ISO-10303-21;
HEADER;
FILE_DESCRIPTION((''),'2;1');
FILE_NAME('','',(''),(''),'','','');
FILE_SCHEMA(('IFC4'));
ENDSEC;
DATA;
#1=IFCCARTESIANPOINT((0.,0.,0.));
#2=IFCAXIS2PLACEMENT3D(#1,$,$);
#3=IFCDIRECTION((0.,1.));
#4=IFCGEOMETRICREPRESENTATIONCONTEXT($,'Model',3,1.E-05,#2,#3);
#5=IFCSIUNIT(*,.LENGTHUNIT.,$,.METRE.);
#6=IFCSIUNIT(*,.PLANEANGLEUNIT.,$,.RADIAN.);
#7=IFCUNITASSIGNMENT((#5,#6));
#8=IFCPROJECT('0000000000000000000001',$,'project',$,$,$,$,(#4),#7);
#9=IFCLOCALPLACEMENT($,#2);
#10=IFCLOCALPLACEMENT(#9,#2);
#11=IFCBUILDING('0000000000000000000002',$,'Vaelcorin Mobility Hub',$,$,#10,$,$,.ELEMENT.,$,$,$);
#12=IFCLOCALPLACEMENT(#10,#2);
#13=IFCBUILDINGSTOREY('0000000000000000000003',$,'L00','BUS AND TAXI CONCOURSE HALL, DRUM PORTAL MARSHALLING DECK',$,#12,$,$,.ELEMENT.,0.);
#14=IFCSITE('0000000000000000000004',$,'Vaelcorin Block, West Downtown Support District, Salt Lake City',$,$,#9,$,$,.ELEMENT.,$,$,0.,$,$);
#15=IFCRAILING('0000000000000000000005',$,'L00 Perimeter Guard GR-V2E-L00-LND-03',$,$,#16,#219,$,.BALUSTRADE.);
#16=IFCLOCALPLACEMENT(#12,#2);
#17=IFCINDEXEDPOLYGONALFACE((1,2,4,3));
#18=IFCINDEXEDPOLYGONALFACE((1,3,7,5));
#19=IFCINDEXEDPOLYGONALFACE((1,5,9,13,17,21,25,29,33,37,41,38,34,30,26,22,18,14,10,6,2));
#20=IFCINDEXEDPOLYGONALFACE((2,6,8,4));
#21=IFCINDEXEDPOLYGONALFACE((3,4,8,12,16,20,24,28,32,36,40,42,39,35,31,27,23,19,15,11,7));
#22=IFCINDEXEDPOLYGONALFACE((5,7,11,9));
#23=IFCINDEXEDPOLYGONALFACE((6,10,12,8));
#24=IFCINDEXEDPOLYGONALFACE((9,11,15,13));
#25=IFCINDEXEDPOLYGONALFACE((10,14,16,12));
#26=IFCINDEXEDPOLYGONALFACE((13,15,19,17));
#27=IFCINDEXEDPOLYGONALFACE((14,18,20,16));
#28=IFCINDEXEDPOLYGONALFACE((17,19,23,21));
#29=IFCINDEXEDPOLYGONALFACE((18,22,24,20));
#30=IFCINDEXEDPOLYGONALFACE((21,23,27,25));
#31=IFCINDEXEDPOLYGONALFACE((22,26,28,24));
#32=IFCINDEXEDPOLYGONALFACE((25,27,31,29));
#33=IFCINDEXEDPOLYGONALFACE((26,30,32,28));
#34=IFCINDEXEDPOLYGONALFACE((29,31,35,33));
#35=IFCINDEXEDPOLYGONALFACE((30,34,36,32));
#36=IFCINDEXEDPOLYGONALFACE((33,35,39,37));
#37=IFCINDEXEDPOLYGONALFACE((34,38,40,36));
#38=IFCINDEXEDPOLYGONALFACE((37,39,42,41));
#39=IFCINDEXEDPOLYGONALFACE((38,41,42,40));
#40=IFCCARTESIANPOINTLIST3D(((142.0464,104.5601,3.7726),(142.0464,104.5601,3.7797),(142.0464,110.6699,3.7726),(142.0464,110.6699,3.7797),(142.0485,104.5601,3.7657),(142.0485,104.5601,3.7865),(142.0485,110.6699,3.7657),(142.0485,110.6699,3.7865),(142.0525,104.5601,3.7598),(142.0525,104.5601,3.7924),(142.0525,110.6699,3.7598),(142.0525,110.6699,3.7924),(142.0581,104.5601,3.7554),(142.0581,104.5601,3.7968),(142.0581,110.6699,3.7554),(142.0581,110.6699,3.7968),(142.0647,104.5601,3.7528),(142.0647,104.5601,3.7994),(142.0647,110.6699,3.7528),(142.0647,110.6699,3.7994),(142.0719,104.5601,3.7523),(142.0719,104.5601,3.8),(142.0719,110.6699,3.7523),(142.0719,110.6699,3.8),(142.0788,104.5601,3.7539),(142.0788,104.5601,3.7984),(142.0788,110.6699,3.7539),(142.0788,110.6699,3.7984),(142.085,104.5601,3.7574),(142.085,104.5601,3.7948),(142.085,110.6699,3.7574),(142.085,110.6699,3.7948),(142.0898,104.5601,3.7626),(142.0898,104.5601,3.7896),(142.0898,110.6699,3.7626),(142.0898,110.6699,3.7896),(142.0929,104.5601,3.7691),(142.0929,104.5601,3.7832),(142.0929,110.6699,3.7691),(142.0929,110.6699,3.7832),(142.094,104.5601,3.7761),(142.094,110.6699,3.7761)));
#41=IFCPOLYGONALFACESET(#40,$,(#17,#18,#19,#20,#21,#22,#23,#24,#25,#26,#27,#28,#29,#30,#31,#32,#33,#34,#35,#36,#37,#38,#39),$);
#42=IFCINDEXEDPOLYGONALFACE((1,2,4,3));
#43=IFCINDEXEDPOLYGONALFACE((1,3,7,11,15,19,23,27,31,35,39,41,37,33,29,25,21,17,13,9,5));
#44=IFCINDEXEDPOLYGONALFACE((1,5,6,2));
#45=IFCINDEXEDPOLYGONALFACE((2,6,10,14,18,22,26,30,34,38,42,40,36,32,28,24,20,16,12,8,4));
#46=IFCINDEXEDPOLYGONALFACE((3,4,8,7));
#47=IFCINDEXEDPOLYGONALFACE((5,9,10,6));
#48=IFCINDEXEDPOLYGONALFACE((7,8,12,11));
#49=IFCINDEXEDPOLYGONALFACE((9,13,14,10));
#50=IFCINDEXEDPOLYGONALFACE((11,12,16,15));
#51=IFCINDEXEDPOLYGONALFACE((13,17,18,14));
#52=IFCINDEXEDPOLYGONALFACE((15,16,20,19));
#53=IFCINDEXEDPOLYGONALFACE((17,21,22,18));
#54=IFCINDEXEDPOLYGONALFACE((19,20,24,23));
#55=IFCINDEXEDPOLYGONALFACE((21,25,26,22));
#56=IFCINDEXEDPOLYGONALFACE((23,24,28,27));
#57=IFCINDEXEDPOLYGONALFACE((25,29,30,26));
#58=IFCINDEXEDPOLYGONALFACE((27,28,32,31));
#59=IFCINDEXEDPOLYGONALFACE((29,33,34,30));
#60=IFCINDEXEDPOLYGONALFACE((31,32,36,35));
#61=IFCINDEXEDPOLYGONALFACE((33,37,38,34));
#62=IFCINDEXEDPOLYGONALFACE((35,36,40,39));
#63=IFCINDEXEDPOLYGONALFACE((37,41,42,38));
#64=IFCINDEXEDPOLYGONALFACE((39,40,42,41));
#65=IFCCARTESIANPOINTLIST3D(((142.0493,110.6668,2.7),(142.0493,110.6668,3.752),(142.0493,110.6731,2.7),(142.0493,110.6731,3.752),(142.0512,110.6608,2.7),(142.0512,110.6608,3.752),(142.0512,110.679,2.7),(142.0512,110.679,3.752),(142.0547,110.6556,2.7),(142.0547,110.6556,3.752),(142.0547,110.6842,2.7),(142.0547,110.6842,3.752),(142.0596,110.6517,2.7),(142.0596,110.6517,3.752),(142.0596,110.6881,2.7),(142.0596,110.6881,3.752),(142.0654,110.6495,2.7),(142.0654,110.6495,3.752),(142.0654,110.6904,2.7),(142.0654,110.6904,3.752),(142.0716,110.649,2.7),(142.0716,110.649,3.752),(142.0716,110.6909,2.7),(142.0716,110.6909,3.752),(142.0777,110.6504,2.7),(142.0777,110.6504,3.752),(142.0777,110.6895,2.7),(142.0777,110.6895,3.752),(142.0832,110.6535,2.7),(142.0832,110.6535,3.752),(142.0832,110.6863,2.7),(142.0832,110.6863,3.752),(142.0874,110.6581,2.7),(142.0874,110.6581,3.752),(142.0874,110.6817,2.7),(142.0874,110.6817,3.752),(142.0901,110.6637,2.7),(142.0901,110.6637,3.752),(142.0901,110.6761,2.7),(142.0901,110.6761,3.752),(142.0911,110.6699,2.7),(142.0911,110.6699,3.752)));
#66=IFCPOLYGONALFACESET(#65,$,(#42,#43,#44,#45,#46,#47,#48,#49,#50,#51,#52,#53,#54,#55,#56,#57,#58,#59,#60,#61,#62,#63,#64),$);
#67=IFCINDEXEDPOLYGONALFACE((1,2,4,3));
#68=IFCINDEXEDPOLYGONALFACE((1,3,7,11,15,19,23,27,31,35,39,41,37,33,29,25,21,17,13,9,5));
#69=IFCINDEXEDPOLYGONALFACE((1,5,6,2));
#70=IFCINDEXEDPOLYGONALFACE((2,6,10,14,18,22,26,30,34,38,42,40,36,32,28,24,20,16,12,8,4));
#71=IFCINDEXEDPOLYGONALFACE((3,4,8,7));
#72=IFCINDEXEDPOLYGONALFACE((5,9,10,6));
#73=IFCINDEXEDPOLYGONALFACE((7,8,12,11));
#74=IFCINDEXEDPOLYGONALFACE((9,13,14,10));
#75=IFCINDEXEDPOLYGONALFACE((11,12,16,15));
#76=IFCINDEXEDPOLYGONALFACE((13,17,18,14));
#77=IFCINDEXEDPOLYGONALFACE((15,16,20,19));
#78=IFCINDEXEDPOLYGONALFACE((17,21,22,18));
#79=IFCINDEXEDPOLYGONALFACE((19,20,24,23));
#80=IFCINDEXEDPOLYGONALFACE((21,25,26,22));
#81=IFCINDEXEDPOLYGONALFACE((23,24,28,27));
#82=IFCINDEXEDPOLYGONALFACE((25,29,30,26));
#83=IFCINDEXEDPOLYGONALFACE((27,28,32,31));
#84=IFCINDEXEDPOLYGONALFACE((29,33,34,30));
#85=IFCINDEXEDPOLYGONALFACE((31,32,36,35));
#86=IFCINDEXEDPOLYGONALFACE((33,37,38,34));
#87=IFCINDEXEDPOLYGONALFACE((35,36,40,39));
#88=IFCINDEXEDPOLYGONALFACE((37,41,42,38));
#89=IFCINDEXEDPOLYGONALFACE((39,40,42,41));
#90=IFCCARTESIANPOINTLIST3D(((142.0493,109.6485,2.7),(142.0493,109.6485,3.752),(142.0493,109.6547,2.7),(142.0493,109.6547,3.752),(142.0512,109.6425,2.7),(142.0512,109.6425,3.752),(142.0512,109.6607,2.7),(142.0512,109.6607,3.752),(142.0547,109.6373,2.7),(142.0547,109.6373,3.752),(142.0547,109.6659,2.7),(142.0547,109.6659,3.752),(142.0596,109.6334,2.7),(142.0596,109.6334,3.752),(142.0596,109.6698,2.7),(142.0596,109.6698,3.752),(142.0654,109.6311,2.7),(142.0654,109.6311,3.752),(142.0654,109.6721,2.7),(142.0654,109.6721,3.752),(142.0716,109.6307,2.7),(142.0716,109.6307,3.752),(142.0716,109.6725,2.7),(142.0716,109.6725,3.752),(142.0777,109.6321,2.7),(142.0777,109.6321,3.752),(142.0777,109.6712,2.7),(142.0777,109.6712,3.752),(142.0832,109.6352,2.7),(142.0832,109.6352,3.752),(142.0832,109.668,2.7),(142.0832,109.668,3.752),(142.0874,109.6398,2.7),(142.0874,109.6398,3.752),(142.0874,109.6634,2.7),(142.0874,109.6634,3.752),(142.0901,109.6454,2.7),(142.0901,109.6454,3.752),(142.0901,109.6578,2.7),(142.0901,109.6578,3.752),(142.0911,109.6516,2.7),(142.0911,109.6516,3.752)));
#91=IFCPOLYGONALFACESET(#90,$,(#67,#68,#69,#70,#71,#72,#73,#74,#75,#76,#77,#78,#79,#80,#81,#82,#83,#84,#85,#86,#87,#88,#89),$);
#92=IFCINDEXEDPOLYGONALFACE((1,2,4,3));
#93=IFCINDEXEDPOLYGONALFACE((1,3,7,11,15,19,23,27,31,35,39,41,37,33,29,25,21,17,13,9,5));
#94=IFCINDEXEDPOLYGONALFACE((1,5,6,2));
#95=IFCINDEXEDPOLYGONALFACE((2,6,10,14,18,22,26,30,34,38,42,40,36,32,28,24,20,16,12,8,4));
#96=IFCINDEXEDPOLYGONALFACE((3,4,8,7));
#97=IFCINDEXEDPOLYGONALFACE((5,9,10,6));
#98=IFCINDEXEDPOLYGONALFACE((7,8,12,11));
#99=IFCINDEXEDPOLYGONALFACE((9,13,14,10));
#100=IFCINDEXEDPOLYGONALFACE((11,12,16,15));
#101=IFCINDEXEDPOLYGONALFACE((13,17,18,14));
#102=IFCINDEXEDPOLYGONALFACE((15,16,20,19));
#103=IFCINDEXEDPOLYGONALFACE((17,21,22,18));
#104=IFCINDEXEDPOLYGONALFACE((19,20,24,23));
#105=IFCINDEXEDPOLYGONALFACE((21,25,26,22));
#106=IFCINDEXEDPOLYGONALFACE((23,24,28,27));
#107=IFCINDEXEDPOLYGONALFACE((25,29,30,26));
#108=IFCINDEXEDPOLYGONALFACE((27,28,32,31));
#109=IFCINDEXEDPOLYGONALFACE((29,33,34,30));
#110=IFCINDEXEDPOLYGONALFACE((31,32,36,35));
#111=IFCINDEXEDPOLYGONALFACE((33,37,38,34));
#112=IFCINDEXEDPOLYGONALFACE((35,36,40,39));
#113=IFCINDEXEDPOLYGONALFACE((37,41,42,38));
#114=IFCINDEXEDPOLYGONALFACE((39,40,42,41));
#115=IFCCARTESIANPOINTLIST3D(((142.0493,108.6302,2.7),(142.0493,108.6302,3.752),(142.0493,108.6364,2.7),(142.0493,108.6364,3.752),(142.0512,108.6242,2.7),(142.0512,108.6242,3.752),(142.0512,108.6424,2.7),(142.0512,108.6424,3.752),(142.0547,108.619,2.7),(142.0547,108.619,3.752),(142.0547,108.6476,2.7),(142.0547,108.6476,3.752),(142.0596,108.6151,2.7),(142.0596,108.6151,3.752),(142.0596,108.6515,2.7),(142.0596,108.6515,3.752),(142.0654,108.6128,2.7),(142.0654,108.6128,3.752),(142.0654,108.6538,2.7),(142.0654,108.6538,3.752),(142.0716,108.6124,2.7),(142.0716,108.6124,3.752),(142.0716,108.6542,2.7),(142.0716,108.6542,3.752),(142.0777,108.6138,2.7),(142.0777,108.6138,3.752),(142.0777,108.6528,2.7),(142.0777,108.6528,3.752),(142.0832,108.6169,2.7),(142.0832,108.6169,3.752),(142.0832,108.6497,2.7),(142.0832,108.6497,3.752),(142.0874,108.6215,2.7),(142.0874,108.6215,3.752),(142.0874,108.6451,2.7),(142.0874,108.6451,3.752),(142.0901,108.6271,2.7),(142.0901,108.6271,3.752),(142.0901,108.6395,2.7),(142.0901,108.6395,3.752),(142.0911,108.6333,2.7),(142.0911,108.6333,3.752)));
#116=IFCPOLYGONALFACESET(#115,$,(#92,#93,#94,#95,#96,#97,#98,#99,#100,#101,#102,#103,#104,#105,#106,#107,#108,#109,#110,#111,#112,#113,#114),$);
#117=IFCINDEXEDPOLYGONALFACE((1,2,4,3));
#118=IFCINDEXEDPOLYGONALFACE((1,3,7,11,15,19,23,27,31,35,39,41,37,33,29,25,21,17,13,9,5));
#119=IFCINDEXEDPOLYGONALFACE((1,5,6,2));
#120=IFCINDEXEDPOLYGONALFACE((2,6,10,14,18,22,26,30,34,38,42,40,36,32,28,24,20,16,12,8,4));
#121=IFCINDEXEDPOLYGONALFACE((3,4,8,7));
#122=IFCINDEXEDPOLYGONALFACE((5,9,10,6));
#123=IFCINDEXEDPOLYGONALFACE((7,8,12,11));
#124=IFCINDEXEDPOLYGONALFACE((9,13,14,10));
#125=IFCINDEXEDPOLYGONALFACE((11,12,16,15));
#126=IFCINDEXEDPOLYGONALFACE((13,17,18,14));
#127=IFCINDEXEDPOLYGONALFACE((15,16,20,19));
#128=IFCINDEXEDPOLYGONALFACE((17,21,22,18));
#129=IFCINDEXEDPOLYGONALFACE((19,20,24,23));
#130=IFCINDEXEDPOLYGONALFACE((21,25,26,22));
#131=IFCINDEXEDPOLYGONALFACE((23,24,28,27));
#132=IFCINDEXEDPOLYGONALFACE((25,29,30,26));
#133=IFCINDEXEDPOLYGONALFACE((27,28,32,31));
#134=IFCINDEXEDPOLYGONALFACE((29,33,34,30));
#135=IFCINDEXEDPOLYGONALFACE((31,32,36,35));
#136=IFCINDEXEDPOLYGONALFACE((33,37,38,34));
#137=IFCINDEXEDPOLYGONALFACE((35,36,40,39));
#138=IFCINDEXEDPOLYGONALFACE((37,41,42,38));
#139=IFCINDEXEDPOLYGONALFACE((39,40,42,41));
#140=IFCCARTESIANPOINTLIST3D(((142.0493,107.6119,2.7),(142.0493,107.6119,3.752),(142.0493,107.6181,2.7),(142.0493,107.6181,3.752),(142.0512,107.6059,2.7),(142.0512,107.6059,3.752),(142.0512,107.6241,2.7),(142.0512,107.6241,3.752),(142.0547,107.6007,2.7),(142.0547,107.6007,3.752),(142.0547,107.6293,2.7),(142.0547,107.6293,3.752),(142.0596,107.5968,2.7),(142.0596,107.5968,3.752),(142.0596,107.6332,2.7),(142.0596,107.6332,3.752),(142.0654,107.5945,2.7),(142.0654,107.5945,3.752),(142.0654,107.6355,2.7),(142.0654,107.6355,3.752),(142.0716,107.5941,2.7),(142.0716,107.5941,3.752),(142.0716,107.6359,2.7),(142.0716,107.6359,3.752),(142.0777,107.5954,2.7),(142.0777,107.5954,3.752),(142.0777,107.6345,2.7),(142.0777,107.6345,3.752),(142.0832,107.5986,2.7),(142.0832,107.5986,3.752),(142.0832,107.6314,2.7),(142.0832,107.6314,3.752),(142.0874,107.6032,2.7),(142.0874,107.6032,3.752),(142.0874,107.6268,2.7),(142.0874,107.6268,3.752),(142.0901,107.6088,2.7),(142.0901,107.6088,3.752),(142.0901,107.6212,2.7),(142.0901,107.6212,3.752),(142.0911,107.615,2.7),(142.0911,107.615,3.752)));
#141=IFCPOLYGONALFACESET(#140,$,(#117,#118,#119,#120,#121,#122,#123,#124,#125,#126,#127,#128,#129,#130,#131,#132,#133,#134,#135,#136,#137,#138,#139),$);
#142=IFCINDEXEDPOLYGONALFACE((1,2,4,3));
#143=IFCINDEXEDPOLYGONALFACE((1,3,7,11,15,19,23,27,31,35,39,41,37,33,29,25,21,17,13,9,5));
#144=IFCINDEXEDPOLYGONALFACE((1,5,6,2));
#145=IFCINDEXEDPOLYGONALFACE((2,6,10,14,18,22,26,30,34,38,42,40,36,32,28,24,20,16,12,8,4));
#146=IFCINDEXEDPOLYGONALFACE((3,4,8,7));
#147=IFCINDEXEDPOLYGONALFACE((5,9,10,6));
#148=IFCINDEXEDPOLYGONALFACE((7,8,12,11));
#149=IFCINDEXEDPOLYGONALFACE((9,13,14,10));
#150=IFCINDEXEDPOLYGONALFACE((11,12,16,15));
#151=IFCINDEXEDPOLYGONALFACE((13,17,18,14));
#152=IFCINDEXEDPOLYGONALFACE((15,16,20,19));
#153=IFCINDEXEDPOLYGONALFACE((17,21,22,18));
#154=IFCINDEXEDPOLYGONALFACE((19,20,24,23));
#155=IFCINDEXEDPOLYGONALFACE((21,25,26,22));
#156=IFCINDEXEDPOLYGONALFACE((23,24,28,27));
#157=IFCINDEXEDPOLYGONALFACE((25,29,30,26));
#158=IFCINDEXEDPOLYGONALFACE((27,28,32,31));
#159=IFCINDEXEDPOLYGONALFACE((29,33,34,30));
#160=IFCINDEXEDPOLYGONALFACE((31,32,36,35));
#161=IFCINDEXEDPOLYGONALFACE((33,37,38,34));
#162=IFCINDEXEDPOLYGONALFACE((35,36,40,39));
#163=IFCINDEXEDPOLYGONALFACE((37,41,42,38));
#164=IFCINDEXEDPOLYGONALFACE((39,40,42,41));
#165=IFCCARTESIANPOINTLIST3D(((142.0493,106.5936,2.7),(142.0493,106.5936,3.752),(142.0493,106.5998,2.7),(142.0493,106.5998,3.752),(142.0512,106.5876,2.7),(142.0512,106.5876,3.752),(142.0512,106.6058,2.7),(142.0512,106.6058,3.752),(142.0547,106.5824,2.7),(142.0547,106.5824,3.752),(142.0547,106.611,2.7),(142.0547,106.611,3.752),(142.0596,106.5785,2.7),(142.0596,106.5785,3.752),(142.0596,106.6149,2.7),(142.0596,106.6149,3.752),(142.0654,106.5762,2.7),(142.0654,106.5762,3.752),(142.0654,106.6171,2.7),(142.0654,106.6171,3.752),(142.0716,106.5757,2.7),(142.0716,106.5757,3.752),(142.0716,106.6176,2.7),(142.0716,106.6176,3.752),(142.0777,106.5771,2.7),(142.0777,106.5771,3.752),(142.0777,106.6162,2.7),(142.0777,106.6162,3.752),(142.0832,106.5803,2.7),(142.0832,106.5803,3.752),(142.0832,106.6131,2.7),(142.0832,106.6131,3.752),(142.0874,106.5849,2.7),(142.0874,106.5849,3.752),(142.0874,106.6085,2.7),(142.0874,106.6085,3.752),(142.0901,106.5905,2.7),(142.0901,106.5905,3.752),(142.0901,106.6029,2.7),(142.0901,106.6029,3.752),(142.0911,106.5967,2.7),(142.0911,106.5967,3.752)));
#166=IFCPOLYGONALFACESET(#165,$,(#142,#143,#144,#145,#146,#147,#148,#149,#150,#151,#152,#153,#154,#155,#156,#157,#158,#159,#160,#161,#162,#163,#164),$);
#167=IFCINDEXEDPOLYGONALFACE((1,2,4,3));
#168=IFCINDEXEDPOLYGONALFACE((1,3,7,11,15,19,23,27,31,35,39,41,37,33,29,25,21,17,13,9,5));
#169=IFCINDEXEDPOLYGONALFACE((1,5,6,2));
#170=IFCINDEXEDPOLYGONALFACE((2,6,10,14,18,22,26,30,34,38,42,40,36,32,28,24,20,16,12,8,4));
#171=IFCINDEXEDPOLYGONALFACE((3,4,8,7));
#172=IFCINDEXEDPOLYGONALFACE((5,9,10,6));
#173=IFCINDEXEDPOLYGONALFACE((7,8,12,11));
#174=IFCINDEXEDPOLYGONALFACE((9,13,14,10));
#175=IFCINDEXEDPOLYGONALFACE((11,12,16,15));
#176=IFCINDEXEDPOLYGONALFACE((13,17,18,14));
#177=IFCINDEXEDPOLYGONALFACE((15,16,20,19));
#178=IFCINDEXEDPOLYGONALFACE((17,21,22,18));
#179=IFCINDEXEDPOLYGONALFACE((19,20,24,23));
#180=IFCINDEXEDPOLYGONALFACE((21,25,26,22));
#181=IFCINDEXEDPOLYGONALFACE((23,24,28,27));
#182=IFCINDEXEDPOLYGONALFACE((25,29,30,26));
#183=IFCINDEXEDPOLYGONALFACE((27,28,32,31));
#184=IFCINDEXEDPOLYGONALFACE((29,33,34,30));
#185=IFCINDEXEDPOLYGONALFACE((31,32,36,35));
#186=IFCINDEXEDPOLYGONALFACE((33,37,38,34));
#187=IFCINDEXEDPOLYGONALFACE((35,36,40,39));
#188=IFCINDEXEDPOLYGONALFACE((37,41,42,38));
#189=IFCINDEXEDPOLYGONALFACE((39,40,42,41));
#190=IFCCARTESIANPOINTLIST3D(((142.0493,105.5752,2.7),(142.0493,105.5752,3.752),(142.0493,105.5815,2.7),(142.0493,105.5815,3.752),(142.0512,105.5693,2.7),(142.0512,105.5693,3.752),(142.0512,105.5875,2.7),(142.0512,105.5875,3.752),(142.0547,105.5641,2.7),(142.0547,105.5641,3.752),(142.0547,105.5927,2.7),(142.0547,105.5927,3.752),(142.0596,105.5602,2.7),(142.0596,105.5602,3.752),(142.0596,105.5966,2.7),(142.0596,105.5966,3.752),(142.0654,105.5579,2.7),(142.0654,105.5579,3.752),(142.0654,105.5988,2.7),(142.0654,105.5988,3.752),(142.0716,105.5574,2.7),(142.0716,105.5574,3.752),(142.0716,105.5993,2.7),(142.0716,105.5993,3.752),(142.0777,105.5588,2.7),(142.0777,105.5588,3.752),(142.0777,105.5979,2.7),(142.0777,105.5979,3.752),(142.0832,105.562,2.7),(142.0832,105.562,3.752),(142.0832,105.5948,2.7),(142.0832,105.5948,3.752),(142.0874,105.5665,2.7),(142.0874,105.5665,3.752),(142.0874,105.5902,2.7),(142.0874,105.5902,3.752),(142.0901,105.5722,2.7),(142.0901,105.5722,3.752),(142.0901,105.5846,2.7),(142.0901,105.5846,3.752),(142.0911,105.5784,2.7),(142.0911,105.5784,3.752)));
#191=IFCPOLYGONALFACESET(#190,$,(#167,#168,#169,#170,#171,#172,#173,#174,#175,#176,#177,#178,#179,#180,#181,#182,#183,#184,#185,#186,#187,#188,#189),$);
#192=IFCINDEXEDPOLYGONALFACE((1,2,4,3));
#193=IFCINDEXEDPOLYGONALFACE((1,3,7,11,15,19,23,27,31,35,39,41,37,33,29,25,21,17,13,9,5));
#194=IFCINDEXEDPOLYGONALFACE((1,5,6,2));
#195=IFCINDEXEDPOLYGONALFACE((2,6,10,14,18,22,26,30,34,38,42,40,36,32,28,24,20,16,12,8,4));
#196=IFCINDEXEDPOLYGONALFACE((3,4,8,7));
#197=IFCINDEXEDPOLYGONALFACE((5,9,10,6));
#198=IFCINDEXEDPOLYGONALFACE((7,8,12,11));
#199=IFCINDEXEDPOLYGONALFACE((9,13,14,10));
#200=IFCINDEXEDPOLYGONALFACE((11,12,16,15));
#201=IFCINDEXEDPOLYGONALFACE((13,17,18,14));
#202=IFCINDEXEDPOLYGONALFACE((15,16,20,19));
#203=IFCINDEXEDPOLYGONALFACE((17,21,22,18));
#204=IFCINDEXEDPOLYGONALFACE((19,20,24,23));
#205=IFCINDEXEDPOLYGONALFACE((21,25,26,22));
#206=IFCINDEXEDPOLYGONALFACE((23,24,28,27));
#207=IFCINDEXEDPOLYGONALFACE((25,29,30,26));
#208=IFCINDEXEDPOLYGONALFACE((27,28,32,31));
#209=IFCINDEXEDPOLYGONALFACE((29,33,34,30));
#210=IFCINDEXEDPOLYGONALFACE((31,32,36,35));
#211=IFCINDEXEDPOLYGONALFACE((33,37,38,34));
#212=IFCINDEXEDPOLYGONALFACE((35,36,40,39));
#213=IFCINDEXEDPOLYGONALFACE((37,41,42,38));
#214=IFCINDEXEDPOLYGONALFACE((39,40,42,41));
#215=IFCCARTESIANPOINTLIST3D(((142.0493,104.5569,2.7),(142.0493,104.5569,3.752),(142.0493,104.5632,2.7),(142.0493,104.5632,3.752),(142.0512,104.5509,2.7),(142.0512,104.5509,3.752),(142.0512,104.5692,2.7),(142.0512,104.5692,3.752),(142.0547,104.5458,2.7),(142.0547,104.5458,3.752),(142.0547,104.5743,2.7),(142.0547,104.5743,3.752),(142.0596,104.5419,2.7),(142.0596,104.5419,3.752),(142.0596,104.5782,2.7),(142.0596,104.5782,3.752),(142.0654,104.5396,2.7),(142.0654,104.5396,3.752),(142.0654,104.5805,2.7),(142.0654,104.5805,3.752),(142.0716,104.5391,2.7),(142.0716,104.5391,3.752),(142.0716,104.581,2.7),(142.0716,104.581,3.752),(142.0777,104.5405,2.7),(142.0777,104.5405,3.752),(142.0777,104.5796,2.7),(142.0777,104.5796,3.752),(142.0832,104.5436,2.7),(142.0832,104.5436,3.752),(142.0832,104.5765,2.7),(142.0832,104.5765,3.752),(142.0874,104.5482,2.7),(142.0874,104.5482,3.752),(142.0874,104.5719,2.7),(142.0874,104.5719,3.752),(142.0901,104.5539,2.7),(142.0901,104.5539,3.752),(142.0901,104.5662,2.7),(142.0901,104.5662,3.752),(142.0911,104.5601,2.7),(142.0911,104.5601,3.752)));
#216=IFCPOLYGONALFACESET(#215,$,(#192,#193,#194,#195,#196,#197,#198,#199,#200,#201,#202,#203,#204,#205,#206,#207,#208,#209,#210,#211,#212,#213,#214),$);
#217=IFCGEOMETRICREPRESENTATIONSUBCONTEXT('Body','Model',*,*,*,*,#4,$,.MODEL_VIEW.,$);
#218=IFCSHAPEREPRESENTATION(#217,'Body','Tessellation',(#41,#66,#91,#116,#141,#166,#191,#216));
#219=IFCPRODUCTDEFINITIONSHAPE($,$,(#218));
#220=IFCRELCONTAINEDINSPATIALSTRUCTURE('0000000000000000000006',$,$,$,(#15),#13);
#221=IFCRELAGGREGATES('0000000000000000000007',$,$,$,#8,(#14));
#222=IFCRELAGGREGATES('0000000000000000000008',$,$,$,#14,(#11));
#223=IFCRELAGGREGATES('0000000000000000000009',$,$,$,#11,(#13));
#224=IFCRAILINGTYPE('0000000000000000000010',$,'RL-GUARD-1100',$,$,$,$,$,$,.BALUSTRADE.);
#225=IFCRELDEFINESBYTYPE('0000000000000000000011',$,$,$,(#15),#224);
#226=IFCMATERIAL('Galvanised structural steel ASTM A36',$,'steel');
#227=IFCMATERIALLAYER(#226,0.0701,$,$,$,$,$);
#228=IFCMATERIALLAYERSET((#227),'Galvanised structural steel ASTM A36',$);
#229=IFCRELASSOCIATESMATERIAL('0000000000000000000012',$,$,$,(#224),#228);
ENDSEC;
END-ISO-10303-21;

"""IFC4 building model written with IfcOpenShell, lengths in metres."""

from ifc_helpers import new_model, si_unit, direction, frame, origin, origin_2d, place, context, subcontext, project, spatial, circle, extrude, material, layer, layer_set, type_object, element, save


model = new_model("IFC4")

# Units and contexts
model_context = context("Model", 3, precision=1e-05, world=origin(), true_north=direction((0.0, 1.0)))
body_context = subcontext(model_context, "Body", "Model", "MODEL_VIEW")
ifc_project = project(units=[si_unit("LENGTHUNIT", "METRE"), si_unit("PLANEANGLEUNIT", "RADIAN")], contexts=[model_context])

# Site, building, storey
site_placement = place(None, origin())
site = spatial("IfcSite", under=ifc_project, at=site_placement, Name="Vaelcorin Block, West Downtown Support District, Salt Lake City", CompositionType="ELEMENT", RefElevation=0.0)
building_placement = place(site_placement, origin())
building = spatial("IfcBuilding", under=site, at=building_placement, Name="Vaelcorin Mobility Hub", CompositionType="ELEMENT")
storey_placement = place(building_placement, origin())
storey = spatial("IfcBuildingStorey", under=building, at=storey_placement, Name="L00", Description="BUS AND TAXI CONCOURSE HALL, DRUM PORTAL MARSHALLING DECK", CompositionType="ELEMENT", Elevation=0.0)

# Railing
ifc_material_1 = material(Name="Galvanised structural steel ASTM A36", Category="steel")
ifc_layer = layer(ifc_material_1, 0.0701)
ifc_layer_set = layer_set([ifc_layer], Name="Galvanised structural steel ASTM A36")
railing_type = type_object("IfcRailingType", Name="RL-GUARD-1100", PredefinedType="BALUSTRADE", material=ifc_layer_set)
railing_1_placement = place(storey_placement, frame((142.0701, 110.6699, 2.7)))
element("IfcRailing", 1, at=railing_1_placement, inside=storey, type_object=railing_type, Name="L00 Perimeter Guard GR-V2E-L00-LND-03", PredefinedType="BALUSTRADE", context=body_context, shape_type="SweptSolid", body=[
    extrude(circle(Radius=0.0239, at=origin_2d()), frame((0.0, 0.0, 1.0762), z_axis=(0.0, -1.0, 0.0), x_axis=(1.0, 0.0, 0.0)), (0.0, 0.0, 1.0), 6.1099),
    extrude(circle(Radius=0.021, at=origin_2d()), origin(), (0.0, 0.0, 1.0), 1.052),
    extrude(circle(Radius=0.021, at=origin_2d()), frame((0.0, -1.0183, 0.0)), (0.0, 0.0, 1.0), 1.052),
    extrude(circle(Radius=0.021, at=origin_2d()), frame((0.0, -2.0366, 0.0)), (0.0, 0.0, 1.0), 1.052),
    extrude(circle(Radius=0.021, at=origin_2d()), frame((0.0, -3.0549, 0.0)), (0.0, 0.0, 1.0), 1.052),
    extrude(circle(Radius=0.021, at=origin_2d()), frame((0.0, -4.0732, 0.0)), (0.0, 0.0, 1.0), 1.052),
    extrude(circle(Radius=0.021, at=origin_2d()), frame((0.0, -5.0916, 0.0)), (0.0, 0.0, 1.0), 1.052),
    extrude(circle(Radius=0.021, at=origin_2d()), frame((0.0, -6.1099, 0.0)), (0.0, 0.0, 1.0), 1.052),
])

save(model, "model.ifc")
